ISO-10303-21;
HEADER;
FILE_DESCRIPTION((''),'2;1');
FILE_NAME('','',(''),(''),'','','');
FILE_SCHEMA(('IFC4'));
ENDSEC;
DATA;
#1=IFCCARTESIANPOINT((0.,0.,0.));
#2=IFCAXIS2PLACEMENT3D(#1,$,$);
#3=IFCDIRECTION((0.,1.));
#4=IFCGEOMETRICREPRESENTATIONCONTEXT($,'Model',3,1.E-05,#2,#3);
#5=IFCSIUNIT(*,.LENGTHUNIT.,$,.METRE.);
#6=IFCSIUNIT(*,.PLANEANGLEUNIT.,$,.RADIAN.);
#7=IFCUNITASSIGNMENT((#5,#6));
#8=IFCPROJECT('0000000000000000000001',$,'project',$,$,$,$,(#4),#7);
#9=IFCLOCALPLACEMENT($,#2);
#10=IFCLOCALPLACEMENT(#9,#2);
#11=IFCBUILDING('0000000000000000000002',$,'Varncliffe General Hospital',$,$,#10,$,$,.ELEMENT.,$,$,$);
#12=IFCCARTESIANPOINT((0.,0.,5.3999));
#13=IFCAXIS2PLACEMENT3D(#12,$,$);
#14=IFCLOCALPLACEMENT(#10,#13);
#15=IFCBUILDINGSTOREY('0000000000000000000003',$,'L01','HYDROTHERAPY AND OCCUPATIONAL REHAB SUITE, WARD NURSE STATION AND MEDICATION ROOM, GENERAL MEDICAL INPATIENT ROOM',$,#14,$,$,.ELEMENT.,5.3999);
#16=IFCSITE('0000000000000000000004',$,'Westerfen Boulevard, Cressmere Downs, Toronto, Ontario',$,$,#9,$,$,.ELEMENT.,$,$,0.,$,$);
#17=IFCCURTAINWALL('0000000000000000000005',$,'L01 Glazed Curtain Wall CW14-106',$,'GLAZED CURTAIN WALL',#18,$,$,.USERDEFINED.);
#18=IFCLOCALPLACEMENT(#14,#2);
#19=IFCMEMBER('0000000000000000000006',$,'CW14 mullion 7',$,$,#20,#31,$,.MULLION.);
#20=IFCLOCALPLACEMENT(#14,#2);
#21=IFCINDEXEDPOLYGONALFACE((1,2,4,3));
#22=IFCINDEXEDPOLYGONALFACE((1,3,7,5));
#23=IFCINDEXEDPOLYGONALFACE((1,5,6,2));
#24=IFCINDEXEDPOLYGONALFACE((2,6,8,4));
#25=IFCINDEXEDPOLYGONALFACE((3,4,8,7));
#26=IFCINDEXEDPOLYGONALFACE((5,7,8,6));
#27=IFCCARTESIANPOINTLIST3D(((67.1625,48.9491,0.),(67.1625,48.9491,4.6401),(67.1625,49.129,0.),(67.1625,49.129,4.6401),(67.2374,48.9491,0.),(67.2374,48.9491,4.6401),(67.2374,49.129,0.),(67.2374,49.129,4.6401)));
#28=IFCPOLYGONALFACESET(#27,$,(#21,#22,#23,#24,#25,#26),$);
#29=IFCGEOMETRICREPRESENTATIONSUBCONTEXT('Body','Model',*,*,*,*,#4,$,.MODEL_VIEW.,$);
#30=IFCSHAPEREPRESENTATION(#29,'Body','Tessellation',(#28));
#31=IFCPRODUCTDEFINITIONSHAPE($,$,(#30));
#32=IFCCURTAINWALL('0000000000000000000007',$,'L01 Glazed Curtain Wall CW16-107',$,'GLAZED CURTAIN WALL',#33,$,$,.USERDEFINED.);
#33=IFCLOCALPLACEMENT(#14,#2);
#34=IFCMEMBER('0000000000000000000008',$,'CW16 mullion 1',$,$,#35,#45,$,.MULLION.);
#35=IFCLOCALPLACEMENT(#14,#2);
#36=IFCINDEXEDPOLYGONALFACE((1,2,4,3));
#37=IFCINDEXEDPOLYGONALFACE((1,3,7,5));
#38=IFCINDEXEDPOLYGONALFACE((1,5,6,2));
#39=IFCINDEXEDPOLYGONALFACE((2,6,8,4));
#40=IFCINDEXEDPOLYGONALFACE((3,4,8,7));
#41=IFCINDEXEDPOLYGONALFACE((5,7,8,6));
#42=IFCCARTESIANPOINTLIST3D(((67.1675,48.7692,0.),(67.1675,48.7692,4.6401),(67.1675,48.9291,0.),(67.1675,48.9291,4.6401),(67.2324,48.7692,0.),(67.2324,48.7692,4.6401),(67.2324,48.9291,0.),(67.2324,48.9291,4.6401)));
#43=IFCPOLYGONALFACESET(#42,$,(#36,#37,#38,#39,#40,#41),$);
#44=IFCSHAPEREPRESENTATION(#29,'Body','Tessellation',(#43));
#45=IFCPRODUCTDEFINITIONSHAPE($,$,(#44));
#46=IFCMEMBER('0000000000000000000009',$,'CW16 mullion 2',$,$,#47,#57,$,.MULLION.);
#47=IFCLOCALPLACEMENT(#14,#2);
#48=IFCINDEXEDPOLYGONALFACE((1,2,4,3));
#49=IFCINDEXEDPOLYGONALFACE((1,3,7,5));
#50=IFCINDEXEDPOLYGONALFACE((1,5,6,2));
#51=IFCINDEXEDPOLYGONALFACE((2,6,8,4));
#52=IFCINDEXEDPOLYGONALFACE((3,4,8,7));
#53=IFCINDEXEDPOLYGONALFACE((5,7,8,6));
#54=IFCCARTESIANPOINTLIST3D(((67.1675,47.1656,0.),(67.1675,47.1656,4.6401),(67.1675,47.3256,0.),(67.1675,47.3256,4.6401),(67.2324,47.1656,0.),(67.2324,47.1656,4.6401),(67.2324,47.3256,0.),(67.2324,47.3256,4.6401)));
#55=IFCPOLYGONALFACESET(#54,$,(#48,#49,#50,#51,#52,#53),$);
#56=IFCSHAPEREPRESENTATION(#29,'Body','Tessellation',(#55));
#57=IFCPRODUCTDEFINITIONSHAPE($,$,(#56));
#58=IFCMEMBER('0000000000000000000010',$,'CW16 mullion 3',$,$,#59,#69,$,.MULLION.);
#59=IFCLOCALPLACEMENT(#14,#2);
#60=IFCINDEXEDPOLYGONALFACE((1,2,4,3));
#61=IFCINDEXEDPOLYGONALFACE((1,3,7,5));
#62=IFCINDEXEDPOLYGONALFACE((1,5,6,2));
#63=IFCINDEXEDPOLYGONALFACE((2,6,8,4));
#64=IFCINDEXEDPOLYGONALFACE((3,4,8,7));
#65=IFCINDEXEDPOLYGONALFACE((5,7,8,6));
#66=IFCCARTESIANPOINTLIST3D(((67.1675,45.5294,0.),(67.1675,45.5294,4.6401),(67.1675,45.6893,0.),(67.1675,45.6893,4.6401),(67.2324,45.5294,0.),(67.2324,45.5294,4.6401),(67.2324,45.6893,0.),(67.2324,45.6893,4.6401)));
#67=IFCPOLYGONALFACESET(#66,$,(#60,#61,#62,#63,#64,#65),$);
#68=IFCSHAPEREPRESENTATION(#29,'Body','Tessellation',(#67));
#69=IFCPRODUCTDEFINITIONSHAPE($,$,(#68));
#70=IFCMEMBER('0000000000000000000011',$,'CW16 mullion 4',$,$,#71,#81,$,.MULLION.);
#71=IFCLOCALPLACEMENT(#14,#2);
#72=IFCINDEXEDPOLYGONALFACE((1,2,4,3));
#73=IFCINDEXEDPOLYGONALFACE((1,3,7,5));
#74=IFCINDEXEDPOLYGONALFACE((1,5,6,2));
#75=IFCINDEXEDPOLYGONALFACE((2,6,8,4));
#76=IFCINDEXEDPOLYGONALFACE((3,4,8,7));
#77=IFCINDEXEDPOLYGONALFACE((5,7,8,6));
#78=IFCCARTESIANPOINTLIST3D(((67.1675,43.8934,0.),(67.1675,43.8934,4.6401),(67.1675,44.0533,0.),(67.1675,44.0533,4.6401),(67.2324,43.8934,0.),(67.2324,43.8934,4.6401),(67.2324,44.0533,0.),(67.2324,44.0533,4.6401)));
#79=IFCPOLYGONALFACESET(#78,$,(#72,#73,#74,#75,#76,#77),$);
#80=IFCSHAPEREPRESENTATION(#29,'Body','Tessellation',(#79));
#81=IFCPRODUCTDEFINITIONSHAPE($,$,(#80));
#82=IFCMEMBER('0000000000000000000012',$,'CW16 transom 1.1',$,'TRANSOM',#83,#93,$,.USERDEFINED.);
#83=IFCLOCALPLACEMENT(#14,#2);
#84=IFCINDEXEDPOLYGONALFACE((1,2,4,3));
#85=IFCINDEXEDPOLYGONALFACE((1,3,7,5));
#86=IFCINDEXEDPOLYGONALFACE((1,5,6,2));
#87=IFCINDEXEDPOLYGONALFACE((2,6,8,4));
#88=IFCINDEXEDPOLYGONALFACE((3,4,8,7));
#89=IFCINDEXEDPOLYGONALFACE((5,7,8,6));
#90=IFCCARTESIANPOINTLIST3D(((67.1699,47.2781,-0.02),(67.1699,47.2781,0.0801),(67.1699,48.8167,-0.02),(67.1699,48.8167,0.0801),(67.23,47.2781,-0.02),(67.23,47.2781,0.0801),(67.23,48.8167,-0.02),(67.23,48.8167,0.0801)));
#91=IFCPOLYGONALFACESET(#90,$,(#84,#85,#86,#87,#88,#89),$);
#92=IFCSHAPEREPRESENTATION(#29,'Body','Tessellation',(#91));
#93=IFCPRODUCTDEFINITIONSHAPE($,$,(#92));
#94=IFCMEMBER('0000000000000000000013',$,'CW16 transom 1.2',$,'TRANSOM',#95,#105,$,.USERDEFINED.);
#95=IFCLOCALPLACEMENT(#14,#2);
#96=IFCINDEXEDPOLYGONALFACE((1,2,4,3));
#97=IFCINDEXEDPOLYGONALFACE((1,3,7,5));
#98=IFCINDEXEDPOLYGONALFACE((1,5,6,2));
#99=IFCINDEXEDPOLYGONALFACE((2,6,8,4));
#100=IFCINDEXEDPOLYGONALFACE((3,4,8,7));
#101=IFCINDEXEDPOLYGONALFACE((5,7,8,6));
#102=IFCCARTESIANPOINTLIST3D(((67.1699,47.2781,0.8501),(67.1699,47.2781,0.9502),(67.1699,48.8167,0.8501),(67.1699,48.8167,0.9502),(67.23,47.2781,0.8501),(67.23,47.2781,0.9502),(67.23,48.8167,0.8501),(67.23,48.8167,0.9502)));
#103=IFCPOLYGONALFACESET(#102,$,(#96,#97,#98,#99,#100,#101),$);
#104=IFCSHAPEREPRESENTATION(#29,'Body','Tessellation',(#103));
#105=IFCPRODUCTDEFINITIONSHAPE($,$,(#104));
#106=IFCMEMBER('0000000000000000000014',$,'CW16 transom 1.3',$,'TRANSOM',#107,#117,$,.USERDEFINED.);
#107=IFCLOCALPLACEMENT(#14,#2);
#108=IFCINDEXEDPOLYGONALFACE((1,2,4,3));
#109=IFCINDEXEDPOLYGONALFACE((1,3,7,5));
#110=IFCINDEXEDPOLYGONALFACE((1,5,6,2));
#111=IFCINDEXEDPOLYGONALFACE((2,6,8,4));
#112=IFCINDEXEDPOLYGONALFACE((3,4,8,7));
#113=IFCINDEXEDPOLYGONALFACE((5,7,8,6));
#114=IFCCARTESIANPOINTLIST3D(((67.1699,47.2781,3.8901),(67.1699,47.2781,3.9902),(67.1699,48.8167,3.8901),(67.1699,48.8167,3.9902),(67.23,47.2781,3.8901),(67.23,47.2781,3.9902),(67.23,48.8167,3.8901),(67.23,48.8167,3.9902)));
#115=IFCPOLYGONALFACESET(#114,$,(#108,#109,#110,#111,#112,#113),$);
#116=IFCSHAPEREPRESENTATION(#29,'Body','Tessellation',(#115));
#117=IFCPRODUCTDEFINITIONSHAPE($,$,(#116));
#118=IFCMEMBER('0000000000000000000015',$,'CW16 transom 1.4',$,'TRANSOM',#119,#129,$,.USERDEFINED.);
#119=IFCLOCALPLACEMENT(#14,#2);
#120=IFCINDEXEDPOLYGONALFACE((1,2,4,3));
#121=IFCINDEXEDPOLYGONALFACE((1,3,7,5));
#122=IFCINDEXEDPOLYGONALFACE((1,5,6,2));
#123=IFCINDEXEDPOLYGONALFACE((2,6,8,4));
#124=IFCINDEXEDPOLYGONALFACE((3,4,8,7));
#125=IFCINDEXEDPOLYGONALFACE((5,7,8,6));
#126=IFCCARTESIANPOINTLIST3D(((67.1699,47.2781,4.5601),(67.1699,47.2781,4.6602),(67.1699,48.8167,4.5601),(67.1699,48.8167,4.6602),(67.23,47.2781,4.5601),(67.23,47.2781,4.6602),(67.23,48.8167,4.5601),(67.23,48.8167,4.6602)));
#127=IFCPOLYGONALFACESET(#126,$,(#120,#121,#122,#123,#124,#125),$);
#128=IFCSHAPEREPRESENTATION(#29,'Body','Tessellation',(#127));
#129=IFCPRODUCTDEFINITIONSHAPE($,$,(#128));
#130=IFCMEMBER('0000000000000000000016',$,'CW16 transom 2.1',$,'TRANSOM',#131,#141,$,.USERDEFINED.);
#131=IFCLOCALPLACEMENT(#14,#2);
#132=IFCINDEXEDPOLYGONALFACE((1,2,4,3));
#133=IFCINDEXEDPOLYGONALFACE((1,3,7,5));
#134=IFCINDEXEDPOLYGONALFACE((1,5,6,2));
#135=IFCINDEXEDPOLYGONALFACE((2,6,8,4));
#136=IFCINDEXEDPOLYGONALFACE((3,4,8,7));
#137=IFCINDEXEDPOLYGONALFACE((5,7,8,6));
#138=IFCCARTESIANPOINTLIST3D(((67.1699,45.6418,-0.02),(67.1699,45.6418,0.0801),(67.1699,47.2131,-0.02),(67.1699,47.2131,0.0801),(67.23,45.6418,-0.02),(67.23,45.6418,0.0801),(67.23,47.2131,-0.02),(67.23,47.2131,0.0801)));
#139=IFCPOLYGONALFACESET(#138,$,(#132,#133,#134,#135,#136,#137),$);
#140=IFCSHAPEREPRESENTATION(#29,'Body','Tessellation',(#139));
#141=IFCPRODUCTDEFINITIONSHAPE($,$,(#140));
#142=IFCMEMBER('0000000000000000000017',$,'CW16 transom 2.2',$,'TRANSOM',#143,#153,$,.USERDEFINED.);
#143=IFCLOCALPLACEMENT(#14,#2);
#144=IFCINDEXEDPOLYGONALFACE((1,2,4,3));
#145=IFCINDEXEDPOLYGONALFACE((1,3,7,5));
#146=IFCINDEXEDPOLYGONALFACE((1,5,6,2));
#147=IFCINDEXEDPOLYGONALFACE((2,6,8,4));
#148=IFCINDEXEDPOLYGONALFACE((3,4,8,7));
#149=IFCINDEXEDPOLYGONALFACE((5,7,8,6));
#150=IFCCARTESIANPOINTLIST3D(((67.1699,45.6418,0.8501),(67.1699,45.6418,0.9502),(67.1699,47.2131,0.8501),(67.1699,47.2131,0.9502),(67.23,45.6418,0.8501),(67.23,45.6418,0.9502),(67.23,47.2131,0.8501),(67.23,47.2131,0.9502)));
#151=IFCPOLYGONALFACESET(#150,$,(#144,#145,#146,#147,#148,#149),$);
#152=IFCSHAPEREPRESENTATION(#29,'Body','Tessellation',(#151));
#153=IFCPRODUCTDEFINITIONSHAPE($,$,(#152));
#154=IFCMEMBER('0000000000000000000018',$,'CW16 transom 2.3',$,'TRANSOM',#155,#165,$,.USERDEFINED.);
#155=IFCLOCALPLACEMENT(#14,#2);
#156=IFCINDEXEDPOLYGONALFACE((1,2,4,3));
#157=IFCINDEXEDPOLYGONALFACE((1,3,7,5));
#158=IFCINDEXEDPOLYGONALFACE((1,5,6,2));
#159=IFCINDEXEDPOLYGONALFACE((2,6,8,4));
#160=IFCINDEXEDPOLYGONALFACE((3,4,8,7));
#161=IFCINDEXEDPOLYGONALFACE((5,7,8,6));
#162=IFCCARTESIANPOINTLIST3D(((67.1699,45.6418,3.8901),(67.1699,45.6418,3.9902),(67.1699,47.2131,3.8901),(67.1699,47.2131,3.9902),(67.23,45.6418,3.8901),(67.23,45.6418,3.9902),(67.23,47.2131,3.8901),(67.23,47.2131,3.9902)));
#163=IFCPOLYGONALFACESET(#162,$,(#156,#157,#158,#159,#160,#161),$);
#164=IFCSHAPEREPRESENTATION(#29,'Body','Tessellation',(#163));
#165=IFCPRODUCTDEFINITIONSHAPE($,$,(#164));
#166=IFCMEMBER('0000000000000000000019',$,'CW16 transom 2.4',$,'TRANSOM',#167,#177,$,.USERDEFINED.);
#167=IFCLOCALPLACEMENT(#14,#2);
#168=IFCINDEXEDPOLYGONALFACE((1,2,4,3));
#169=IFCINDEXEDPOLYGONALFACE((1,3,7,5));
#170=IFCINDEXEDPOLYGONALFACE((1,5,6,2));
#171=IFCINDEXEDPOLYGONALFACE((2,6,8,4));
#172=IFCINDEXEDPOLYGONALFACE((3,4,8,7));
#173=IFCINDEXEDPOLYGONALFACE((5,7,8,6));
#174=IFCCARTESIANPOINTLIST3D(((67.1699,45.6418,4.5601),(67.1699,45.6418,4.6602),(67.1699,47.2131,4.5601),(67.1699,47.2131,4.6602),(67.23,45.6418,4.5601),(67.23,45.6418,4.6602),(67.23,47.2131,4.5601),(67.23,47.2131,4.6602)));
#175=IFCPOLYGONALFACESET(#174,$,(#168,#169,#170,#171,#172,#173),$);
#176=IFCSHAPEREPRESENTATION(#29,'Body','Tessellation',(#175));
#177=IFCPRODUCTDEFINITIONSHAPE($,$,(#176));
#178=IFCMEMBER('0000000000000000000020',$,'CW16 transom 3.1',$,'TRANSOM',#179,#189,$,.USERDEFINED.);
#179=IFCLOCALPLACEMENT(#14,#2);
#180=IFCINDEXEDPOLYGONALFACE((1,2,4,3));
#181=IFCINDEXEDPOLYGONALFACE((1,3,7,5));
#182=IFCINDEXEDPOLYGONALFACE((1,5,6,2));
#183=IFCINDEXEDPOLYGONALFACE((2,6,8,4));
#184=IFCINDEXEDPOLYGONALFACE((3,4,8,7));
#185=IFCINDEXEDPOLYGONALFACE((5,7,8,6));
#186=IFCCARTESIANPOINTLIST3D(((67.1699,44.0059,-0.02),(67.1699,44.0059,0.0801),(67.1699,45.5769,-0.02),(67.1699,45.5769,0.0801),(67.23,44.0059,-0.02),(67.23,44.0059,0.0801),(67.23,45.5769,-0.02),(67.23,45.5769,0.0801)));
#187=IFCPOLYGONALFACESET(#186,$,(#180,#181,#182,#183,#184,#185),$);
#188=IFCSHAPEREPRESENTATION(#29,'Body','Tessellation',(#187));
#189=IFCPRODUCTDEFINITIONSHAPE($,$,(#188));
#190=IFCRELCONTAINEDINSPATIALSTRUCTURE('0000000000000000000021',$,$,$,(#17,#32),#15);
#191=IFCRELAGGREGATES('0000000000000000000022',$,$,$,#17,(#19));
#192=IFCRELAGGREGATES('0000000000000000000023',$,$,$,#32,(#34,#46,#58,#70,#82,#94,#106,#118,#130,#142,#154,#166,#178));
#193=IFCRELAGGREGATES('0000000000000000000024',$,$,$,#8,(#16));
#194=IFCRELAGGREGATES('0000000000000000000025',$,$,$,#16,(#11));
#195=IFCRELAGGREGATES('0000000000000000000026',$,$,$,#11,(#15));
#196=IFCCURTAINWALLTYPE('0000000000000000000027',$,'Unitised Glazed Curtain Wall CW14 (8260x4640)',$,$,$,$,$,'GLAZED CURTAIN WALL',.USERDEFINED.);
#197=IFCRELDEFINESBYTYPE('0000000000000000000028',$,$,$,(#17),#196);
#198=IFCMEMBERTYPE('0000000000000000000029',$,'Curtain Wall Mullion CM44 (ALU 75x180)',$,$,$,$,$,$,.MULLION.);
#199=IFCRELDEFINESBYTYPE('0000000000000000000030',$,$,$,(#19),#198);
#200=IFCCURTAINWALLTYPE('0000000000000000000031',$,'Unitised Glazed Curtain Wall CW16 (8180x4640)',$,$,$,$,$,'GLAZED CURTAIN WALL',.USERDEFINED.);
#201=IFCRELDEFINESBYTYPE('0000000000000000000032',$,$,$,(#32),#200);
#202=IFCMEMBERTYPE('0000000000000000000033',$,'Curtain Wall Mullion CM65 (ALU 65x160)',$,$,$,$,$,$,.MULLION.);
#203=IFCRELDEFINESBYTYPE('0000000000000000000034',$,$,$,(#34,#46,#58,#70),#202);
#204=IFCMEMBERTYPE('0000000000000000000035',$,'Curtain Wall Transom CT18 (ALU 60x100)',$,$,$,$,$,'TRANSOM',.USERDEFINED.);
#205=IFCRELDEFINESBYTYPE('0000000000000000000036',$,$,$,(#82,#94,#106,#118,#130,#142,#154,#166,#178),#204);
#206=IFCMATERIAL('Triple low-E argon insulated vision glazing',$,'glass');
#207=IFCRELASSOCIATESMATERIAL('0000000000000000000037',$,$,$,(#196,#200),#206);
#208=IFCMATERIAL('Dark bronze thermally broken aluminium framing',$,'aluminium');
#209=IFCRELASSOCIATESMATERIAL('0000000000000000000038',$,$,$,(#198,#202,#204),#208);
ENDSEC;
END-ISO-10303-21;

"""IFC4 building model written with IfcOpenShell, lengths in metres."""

from ifc_helpers import new_model, si_unit, direction, frame, origin, origin_2d, place, context, subcontext, project, spatial, rectangle, extrude, material, material_profile, profile_set, type_object, element, aggregate, save


model = new_model("IFC4")

# Units and contexts
model_context = context("Model", 3, precision=1e-05, world=origin(), true_north=direction((0.0, 1.0)))
body_context = subcontext(model_context, "Body", "Model", "MODEL_VIEW")
ifc_project = project(units=[si_unit("LENGTHUNIT", "METRE"), si_unit("PLANEANGLEUNIT", "RADIAN")], contexts=[model_context])

# Site, building, storey
site_placement = place(None, origin())
site = spatial("IfcSite", under=ifc_project, at=site_placement, Name="Westerfen Boulevard, Cressmere Downs, Toronto, Ontario", CompositionType="ELEMENT", RefElevation=0.0)
building_placement = place(site_placement, origin())
building = spatial("IfcBuilding", under=site, at=building_placement, Name="Varncliffe General Hospital", CompositionType="ELEMENT")
storey_placement = place(building_placement, frame((0.0, 0.0, 5.3999)))
storey = spatial("IfcBuildingStorey", under=building, at=storey_placement, Name="L01", Description="HYDROTHERAPY AND OCCUPATIONAL REHAB SUITE, WARD NURSE STATION AND MEDICATION ROOM, GENERAL MEDICAL INPATIENT ROOM", CompositionType="ELEMENT", Elevation=5.3999)

# Curtain wall, member
ifc_material_1 = material(Name="Triple low-E argon insulated vision glazing", Category="glass")
curtain_wall_type_1 = type_object("IfcCurtainWallType", Name="Unitised Glazed Curtain Wall CW14 (8260x4640)", ElementType="GLAZED CURTAIN WALL", PredefinedType="USERDEFINED", material=ifc_material_1)
curtain_wall_1_placement = place(storey_placement, origin())
curtain_wall_1 = element("IfcCurtainWall", 1, at=curtain_wall_1_placement, inside=storey, type_object=curtain_wall_type_1, Name="L01 Glazed Curtain Wall CW14-106", ObjectType="GLAZED CURTAIN WALL", PredefinedType="USERDEFINED")
ifc_material_2 = material(Name="Dark bronze thermally broken aluminium framing", Category="aluminium")
ifc_material_profile_1 = material_profile(ifc_material_2, rectangle(XDim=0.075, YDim=0.1799, at=origin_2d()), Name="ALU 75x180")
ifc_profile_set_1 = profile_set([ifc_material_profile_1], Name="Dark bronze thermally broken aluminium framing")
member_type_1 = type_object("IfcMemberType", Name="Curtain Wall Mullion CM44 (ALU 75x180)", PredefinedType="MULLION", material=ifc_profile_set_1)
member_1_placement = place(storey_placement, frame((67.2, 49.0391, 0.0), z_axis=(0.0, 0.0, 1.0), x_axis=(1.0, 0.0, 0.0)))
member_1 = element("IfcMember", 2, at=member_1_placement, type_object=member_type_1, Name="CW14 mullion 7", PredefinedType="MULLION", context=body_context, shape_type="SweptSolid", body=[
    extrude(rectangle(XDim=0.075, YDim=0.1799, at=origin_2d()), origin(), (0.0, 0.0, 1.0), 4.6401),
])

# Curtain wall, members
curtain_wall_type_2 = type_object("IfcCurtainWallType", Name="Unitised Glazed Curtain Wall CW16 (8180x4640)", ElementType="GLAZED CURTAIN WALL", PredefinedType="USERDEFINED", material=ifc_material_1)
curtain_wall_2_placement = place(storey_placement, origin())
curtain_wall_2 = element("IfcCurtainWall", 3, at=curtain_wall_2_placement, inside=storey, type_object=curtain_wall_type_2, Name="L01 Glazed Curtain Wall CW16-107", ObjectType="GLAZED CURTAIN WALL", PredefinedType="USERDEFINED")
ifc_material_profile_2 = material_profile(ifc_material_2, rectangle(XDim=0.0649, YDim=0.1599, at=origin_2d()), Name="ALU 65x160")
ifc_profile_set_2 = profile_set([ifc_material_profile_2], Name="Dark bronze thermally broken aluminium framing")
member_type_2 = type_object("IfcMemberType", Name="Curtain Wall Mullion CM65 (ALU 65x160)", PredefinedType="MULLION", material=ifc_profile_set_2)
member_2_placement = place(storey_placement, frame((67.2, 48.8491, 0.0), z_axis=(0.0, 0.0, 1.0), x_axis=(1.0, 0.0, 0.0)))
member_2 = element("IfcMember", 4, at=member_2_placement, type_object=member_type_2, Name="CW16 mullion 1", PredefinedType="MULLION", context=body_context, shape_type="SweptSolid", body=[
    extrude(rectangle(XDim=0.0649, YDim=0.1599, at=origin_2d()), origin(), (0.0, 0.0, 1.0), 4.6401),
])
member_3_placement = place(storey_placement, frame((67.2, 47.2456, 0.0), z_axis=(0.0, 0.0, 1.0), x_axis=(1.0, 0.0, 0.0)))
member_3 = element("IfcMember", 5, at=member_3_placement, type_object=member_type_2, Name="CW16 mullion 2", PredefinedType="MULLION", context=body_context, shape_type="SweptSolid", body=[
    extrude(rectangle(XDim=0.0649, YDim=0.1599, at=origin_2d()), origin(), (0.0, 0.0, 1.0), 4.6401),
])
member_4_placement = place(storey_placement, frame((67.2, 45.6094, 0.0), z_axis=(0.0, 0.0, 1.0), x_axis=(1.0, 0.0, 0.0)))
member_4 = element("IfcMember", 6, at=member_4_placement, type_object=member_type_2, Name="CW16 mullion 3", PredefinedType="MULLION", context=body_context, shape_type="SweptSolid", body=[
    extrude(rectangle(XDim=0.0649, YDim=0.1599, at=origin_2d()), origin(), (0.0, 0.0, 1.0), 4.6401),
])
member_5_placement = place(storey_placement, frame((67.2, 43.9734, 0.0), z_axis=(0.0, 0.0, 1.0), x_axis=(1.0, 0.0, 0.0)))
member_5 = element("IfcMember", 7, at=member_5_placement, type_object=member_type_2, Name="CW16 mullion 4", PredefinedType="MULLION", context=body_context, shape_type="SweptSolid", body=[
    extrude(rectangle(XDim=0.0649, YDim=0.1599, at=origin_2d()), origin(), (0.0, 0.0, 1.0), 4.6401),
])
ifc_material_profile_3 = material_profile(ifc_material_2, rectangle(XDim=0.0601, YDim=0.1001, at=origin_2d()), Name="ALU 60x100")
ifc_profile_set_3 = profile_set([ifc_material_profile_3], Name="Dark bronze thermally broken aluminium framing")
member_type_3 = type_object("IfcMemberType", Name="Curtain Wall Transom CT18 (ALU 60x100)", ElementType="TRANSOM", PredefinedType="USERDEFINED", material=ifc_profile_set_3)
member_6_placement = place(storey_placement, frame((67.2, 48.8167, 0.03), z_axis=(0.0, -1.0, 0.0), x_axis=(1.0, 0.0, 0.0)))
member_6 = element("IfcMember", 8, at=member_6_placement, type_object=member_type_3, Name="CW16 transom 1.1", ObjectType="TRANSOM", PredefinedType="USERDEFINED", context=body_context, shape_type="SweptSolid", body=[
    extrude(rectangle(XDim=0.0601, YDim=0.1001, at=origin_2d()), origin(), (0.0, 0.0, 1.0), 1.5386),
])
member_7_placement = place(storey_placement, frame((67.2, 48.8167, 0.9001), z_axis=(0.0, -1.0, 0.0), x_axis=(1.0, 0.0, 0.0)))
member_7 = element("IfcMember", 9, at=member_7_placement, type_object=member_type_3, Name="CW16 transom 1.2", ObjectType="TRANSOM", PredefinedType="USERDEFINED", context=body_context, shape_type="SweptSolid", body=[
    extrude(rectangle(XDim=0.0601, YDim=0.1001, at=origin_2d()), origin(), (0.0, 0.0, 1.0), 1.5386),
])
member_8_placement = place(storey_placement, frame((67.2, 48.8167, 3.9402), z_axis=(0.0, -1.0, 0.0), x_axis=(1.0, 0.0, 0.0)))
member_8 = element("IfcMember", 10, at=member_8_placement, type_object=member_type_3, Name="CW16 transom 1.3", ObjectType="TRANSOM", PredefinedType="USERDEFINED", context=body_context, shape_type="SweptSolid", body=[
    extrude(rectangle(XDim=0.0601, YDim=0.1001, at=origin_2d()), origin(), (0.0, 0.0, 1.0), 1.5386),
])
member_9_placement = place(storey_placement, frame((67.2, 48.8167, 4.6101), z_axis=(0.0, -1.0, 0.0), x_axis=(1.0, 0.0, 0.0)))
member_9 = element("IfcMember", 11, at=member_9_placement, type_object=member_type_3, Name="CW16 transom 1.4", ObjectType="TRANSOM", PredefinedType="USERDEFINED", context=body_context, shape_type="SweptSolid", body=[
    extrude(rectangle(XDim=0.0601, YDim=0.1001, at=origin_2d()), origin(), (0.0, 0.0, 1.0), 1.5386),
])
member_10_placement = place(storey_placement, frame((67.2, 47.2131, 0.03), z_axis=(0.0, -1.0, 0.0), x_axis=(1.0, 0.0, 0.0)))
member_10 = element("IfcMember", 12, at=member_10_placement, type_object=member_type_3, Name="CW16 transom 2.1", ObjectType="TRANSOM", PredefinedType="USERDEFINED", context=body_context, shape_type="SweptSolid", body=[
    extrude(rectangle(XDim=0.0601, YDim=0.1001, at=origin_2d()), origin(), (0.0, 0.0, 1.0), 1.5713),
])
member_11_placement = place(storey_placement, frame((67.2, 47.2131, 0.9001), z_axis=(0.0, -1.0, 0.0), x_axis=(1.0, 0.0, 0.0)))
member_11 = element("IfcMember", 13, at=member_11_placement, type_object=member_type_3, Name="CW16 transom 2.2", ObjectType="TRANSOM", PredefinedType="USERDEFINED", context=body_context, shape_type="SweptSolid", body=[
    extrude(rectangle(XDim=0.0601, YDim=0.1001, at=origin_2d()), origin(), (0.0, 0.0, 1.0), 1.5713),
])
member_12_placement = place(storey_placement, frame((67.2, 47.2131, 3.9402), z_axis=(0.0, -1.0, 0.0), x_axis=(1.0, 0.0, 0.0)))
member_12 = element("IfcMember", 14, at=member_12_placement, type_object=member_type_3, Name="CW16 transom 2.3", ObjectType="TRANSOM", PredefinedType="USERDEFINED", context=body_context, shape_type="SweptSolid", body=[
    extrude(rectangle(XDim=0.0601, YDim=0.1001, at=origin_2d()), origin(), (0.0, 0.0, 1.0), 1.5713),
])
member_13_placement = place(storey_placement, frame((67.2, 47.2131, 4.6101), z_axis=(0.0, -1.0, 0.0), x_axis=(1.0, 0.0, 0.0)))
member_13 = element("IfcMember", 15, at=member_13_placement, type_object=member_type_3, Name="CW16 transom 2.4", ObjectType="TRANSOM", PredefinedType="USERDEFINED", context=body_context, shape_type="SweptSolid", body=[
    extrude(rectangle(XDim=0.0601, YDim=0.1001, at=origin_2d()), origin(), (0.0, 0.0, 1.0), 1.5713),
])
member_14_placement = place(storey_placement, frame((67.2, 45.5769, 0.03), z_axis=(0.0, -1.0, 0.0), x_axis=(1.0, 0.0, 0.0)))
member_14 = element("IfcMember", 16, at=member_14_placement, type_object=member_type_3, Name="CW16 transom 3.1", ObjectType="TRANSOM", PredefinedType="USERDEFINED", context=body_context, shape_type="SweptSolid", body=[
    extrude(rectangle(XDim=0.0601, YDim=0.1001, at=origin_2d()), origin(), (0.0, 0.0, 1.0), 1.571),
])

aggregate(curtain_wall_1, [member_1])
aggregate(curtain_wall_2, [member_2, member_3, member_4, member_5, member_6, member_7, member_8, member_9, member_10, member_11, member_12, member_13, member_14])

save(model, "model.ifc")
